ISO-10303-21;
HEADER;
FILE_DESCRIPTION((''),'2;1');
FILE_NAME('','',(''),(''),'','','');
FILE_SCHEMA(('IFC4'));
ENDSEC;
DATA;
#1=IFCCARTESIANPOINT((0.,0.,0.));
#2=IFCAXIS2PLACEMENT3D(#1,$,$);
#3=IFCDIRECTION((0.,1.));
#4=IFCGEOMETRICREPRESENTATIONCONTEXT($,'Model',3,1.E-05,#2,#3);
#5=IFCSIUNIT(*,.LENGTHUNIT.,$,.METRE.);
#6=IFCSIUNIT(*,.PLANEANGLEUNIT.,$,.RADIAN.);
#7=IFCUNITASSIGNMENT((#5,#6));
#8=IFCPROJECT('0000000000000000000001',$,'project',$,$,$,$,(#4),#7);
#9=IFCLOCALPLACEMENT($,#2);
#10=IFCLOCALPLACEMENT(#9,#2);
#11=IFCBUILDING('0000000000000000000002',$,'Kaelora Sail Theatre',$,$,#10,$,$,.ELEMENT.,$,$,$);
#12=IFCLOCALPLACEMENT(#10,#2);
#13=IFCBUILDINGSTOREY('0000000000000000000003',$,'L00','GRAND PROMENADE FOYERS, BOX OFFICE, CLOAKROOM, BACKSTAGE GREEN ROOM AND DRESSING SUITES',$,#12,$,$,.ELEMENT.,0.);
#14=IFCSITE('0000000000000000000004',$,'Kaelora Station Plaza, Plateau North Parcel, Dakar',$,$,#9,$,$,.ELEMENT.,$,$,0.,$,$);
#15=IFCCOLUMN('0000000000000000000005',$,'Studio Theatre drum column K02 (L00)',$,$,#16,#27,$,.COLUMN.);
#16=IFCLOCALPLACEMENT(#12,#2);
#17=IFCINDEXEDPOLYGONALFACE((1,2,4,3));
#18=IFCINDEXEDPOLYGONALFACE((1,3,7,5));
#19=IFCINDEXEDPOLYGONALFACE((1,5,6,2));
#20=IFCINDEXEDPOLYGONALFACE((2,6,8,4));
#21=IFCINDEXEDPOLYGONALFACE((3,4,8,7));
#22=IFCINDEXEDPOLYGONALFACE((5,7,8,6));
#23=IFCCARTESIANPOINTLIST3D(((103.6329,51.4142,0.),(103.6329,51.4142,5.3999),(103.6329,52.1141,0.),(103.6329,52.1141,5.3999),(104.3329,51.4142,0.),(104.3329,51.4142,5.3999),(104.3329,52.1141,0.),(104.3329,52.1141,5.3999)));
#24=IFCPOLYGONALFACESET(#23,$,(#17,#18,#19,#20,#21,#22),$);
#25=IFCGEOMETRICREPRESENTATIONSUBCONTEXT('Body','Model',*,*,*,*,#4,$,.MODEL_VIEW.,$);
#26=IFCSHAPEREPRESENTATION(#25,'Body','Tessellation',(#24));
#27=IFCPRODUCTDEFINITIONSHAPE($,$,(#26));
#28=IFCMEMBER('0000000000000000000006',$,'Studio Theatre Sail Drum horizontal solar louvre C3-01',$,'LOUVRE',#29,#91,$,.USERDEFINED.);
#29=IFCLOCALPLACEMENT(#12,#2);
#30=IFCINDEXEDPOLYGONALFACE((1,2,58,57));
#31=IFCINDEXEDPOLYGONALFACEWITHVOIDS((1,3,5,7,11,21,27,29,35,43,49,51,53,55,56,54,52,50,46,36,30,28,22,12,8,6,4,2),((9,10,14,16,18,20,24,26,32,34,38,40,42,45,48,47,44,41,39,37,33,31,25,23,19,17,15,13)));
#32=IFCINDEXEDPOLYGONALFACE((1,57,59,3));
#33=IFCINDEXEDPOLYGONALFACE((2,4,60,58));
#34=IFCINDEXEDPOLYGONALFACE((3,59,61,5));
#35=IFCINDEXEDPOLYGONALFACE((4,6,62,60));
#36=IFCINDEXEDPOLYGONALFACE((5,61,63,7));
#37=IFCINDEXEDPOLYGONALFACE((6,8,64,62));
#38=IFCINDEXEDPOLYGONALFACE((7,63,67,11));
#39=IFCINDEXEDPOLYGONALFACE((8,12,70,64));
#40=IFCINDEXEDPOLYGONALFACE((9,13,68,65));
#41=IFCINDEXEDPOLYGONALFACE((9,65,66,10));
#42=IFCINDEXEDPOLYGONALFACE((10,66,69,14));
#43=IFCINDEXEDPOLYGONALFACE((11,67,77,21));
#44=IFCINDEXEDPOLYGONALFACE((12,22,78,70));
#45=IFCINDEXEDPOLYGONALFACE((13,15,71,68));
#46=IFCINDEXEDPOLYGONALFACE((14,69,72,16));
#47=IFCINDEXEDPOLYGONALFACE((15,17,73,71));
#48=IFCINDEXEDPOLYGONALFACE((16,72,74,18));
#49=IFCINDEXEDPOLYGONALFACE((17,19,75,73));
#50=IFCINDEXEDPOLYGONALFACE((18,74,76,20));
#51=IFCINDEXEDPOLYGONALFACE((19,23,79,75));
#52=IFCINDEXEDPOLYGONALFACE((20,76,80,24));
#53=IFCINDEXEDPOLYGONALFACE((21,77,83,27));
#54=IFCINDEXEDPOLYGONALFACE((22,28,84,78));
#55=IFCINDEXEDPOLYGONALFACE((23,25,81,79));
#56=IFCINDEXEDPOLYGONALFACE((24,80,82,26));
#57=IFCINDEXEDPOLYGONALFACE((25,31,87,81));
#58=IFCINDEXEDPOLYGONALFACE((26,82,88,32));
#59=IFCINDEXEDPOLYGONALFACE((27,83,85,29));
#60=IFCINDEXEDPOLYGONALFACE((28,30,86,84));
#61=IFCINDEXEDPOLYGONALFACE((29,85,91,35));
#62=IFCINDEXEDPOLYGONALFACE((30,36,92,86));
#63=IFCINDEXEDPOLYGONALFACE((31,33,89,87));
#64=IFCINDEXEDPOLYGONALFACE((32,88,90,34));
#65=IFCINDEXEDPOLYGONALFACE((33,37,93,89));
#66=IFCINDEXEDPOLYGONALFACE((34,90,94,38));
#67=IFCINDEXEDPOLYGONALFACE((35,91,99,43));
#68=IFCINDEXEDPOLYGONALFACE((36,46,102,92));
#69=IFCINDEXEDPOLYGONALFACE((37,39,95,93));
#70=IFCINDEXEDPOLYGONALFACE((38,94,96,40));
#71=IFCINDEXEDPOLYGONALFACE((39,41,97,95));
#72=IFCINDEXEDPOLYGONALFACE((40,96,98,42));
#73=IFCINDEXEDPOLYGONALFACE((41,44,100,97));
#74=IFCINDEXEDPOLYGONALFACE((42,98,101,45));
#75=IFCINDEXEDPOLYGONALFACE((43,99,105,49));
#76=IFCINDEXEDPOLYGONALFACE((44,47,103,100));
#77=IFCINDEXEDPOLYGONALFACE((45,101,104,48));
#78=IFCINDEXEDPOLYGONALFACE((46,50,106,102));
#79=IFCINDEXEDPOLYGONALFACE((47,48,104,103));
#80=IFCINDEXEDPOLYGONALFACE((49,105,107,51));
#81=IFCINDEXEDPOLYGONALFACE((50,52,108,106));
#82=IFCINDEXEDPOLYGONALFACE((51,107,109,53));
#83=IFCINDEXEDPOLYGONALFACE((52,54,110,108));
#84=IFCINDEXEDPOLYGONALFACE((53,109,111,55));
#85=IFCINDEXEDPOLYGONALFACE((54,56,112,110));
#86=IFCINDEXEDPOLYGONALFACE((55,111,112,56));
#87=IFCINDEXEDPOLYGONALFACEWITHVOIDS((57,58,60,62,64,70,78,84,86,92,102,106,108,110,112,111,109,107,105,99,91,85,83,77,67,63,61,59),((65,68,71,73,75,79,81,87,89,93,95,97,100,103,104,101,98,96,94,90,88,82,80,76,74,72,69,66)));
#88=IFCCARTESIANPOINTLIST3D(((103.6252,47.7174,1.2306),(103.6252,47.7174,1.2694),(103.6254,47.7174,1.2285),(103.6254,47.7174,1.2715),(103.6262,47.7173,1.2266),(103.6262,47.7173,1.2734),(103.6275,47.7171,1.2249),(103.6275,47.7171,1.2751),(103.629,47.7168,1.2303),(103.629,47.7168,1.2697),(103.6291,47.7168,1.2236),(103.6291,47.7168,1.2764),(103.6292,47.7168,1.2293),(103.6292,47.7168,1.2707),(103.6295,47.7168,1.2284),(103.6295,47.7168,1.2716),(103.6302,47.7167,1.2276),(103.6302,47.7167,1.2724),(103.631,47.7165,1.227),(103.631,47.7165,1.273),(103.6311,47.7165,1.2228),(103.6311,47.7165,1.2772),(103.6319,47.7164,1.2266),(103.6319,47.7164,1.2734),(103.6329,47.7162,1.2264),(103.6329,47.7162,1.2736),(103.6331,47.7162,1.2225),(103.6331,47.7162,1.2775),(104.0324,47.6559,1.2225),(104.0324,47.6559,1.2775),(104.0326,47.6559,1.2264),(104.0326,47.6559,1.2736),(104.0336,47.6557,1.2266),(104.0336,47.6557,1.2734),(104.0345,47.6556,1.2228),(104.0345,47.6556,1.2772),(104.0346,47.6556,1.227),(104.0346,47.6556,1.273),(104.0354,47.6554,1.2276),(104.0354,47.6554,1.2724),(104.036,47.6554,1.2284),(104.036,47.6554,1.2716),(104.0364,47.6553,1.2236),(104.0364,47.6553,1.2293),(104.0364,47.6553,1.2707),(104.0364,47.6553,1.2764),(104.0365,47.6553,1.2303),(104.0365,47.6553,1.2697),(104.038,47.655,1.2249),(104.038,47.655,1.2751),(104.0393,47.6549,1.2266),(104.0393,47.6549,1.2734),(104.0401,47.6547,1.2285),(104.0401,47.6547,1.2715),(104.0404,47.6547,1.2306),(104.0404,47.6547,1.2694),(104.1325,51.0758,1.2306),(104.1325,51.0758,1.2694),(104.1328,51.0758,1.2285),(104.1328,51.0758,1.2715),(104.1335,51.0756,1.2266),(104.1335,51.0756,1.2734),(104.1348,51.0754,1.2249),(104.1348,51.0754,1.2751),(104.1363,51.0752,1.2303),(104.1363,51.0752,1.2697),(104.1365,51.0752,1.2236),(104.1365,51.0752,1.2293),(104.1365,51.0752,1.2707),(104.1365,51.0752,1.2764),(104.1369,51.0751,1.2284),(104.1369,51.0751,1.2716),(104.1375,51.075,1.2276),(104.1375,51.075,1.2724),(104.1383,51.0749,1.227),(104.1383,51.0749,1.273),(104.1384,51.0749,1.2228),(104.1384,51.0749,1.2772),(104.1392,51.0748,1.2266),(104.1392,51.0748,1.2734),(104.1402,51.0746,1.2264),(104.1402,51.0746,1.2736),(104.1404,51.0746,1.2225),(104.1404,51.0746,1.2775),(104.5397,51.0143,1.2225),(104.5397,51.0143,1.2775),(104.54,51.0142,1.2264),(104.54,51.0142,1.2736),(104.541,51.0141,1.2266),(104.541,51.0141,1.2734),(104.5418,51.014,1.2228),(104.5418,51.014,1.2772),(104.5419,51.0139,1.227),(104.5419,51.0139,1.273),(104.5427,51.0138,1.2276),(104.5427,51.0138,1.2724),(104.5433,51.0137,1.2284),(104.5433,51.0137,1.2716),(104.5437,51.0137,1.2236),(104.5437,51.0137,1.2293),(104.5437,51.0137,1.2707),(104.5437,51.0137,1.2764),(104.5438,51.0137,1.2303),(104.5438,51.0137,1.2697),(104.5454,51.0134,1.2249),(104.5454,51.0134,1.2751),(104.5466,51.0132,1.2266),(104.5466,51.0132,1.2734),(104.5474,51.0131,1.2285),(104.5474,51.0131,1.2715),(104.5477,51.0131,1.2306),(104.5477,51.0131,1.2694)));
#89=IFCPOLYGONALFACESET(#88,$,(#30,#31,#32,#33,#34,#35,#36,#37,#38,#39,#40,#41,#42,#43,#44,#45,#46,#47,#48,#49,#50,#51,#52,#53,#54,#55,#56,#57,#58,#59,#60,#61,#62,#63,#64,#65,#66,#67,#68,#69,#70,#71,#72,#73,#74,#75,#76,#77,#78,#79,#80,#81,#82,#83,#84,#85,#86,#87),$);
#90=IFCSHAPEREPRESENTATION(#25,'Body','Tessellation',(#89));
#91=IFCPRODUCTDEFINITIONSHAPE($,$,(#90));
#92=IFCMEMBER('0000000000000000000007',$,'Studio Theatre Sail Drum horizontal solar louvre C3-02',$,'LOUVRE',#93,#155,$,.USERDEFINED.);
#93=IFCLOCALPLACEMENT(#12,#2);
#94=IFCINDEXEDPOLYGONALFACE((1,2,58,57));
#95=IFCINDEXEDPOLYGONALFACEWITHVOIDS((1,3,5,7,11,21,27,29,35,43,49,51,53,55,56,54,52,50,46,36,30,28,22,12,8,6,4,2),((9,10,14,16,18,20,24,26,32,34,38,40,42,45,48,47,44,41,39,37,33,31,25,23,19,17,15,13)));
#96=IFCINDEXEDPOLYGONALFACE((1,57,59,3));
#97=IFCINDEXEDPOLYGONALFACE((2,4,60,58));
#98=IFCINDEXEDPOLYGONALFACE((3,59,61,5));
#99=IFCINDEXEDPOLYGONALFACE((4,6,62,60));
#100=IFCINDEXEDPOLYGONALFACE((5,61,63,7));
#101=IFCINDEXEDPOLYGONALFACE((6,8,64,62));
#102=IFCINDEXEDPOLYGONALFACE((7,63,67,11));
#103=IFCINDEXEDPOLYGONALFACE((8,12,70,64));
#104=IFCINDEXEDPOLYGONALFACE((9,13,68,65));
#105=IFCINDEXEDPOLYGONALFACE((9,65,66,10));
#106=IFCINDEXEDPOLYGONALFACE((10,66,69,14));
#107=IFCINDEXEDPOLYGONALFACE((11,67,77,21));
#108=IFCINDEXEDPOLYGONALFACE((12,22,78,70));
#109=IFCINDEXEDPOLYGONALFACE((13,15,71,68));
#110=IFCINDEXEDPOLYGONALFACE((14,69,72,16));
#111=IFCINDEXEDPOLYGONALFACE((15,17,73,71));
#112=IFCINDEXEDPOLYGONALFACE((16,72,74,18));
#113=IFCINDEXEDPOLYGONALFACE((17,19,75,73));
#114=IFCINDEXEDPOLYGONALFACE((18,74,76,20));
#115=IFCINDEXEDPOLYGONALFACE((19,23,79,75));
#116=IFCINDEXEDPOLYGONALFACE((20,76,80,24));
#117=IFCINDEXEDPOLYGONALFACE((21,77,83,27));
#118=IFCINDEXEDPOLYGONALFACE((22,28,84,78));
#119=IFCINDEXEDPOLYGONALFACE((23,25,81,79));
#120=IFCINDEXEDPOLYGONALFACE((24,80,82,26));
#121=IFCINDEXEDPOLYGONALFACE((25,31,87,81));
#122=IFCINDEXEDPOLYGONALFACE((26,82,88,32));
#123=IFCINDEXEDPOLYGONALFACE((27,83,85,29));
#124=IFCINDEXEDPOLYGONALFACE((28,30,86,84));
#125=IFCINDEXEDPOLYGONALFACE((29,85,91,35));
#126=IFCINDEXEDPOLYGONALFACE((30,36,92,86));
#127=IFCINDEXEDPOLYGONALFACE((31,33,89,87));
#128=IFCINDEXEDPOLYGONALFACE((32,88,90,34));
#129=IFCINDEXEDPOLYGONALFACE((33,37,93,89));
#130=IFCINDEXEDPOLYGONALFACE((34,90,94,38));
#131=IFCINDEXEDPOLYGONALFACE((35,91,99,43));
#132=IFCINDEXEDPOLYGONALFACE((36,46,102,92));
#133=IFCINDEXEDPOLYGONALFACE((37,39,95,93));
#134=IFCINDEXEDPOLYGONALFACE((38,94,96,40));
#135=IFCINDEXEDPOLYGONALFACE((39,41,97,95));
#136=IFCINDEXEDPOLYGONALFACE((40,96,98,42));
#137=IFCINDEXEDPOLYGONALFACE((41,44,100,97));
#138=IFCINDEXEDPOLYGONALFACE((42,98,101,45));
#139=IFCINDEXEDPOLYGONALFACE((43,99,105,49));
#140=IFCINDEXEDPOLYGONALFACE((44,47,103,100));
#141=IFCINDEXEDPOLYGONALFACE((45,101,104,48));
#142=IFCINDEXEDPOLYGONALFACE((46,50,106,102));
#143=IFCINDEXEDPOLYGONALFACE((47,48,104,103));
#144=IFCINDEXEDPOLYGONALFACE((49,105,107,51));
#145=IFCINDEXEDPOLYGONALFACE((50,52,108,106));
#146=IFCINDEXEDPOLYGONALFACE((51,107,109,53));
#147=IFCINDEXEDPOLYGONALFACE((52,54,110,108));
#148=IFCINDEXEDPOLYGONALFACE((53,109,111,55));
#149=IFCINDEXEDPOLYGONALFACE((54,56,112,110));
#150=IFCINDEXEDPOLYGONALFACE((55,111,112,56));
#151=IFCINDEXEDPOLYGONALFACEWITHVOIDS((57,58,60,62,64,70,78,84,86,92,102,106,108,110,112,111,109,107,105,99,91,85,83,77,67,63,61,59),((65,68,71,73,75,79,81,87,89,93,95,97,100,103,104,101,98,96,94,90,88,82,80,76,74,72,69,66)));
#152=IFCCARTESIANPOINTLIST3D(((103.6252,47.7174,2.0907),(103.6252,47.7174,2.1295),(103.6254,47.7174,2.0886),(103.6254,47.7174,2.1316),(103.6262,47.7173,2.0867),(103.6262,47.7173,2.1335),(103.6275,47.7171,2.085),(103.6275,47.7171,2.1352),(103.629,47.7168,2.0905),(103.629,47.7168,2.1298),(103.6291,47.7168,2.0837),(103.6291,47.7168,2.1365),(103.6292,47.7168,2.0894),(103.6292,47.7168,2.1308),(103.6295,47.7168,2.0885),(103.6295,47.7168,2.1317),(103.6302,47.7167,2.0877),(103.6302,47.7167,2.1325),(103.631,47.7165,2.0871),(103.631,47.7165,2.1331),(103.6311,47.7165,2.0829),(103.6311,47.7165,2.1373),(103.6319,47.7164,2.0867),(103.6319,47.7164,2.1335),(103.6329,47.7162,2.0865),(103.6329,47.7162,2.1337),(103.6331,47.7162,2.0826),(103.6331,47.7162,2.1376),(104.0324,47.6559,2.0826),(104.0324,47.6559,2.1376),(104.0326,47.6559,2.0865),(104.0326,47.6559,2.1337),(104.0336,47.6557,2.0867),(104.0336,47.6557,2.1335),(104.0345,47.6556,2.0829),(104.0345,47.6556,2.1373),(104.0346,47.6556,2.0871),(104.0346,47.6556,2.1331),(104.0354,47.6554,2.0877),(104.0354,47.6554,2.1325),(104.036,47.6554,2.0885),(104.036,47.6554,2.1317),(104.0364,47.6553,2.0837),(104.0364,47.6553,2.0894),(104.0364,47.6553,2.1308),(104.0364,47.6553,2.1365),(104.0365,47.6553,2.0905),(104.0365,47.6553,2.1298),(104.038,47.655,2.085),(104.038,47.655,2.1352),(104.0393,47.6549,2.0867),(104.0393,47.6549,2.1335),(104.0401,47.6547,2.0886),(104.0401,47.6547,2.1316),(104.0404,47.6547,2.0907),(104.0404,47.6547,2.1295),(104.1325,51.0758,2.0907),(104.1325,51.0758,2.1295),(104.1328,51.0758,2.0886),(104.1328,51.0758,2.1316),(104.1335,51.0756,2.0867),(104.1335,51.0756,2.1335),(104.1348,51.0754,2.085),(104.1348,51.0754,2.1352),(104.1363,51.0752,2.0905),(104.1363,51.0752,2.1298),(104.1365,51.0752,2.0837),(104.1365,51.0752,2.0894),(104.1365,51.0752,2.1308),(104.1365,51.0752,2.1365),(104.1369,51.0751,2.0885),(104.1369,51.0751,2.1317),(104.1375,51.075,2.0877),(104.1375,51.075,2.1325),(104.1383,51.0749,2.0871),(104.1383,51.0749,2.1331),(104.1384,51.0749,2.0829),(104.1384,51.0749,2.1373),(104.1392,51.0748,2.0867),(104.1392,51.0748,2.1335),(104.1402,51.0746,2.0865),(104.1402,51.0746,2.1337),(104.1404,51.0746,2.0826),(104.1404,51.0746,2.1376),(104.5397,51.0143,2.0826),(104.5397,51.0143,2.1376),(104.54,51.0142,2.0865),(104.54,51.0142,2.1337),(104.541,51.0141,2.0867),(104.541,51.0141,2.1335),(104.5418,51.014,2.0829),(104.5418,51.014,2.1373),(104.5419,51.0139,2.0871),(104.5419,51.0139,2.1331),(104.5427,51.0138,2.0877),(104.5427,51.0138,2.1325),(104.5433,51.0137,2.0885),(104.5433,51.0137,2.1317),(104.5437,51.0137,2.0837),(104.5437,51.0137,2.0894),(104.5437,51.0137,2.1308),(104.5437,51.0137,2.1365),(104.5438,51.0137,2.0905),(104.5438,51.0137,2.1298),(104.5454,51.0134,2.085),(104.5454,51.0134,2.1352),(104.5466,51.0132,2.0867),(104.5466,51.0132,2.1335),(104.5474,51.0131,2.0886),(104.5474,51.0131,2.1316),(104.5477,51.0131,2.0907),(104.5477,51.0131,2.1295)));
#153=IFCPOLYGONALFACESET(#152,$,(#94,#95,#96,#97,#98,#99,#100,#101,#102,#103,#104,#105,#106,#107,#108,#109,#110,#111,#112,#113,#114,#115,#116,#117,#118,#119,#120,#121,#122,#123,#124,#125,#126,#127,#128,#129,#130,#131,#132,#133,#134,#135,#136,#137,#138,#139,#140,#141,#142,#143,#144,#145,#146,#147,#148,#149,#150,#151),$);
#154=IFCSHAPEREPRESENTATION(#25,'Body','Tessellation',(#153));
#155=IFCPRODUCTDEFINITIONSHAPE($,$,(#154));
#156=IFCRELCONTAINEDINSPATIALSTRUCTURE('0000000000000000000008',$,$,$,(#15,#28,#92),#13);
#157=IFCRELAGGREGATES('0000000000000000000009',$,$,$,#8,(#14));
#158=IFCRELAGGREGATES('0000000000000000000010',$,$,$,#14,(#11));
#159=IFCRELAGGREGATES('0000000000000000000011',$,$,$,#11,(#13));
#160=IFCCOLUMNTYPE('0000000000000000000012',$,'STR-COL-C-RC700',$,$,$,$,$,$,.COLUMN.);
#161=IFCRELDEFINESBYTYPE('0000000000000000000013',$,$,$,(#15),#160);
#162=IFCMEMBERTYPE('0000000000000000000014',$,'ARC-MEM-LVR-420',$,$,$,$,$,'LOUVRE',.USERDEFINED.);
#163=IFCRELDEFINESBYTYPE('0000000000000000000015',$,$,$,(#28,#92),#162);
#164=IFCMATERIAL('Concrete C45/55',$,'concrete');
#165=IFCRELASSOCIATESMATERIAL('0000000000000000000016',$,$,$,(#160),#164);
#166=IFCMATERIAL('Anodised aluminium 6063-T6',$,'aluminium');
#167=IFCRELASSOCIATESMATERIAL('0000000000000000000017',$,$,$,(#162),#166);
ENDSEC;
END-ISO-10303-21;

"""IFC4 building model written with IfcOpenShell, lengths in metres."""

from ifc_helpers import new_model, si_unit, direction, frame, origin, origin_2d, place, context, subcontext, project, spatial, rectangle, hollow_rectangle, extrude, material, material_profile, profile_set, type_object, element, save


model = new_model("IFC4")

# Units and contexts
model_context = context("Model", 3, precision=1e-05, world=origin(), true_north=direction((0.0, 1.0)))
body_context = subcontext(model_context, "Body", "Model", "MODEL_VIEW")
ifc_project = project(units=[si_unit("LENGTHUNIT", "METRE"), si_unit("PLANEANGLEUNIT", "RADIAN")], contexts=[model_context])

# Site, building, storey
site_placement = place(None, origin())
site = spatial("IfcSite", under=ifc_project, at=site_placement, Name="Kaelora Station Plaza, Plateau North Parcel, Dakar", CompositionType="ELEMENT", RefElevation=0.0)
building_placement = place(site_placement, origin())
building = spatial("IfcBuilding", under=site, at=building_placement, Name="Kaelora Sail Theatre", CompositionType="ELEMENT")
storey_placement = place(building_placement, origin())
storey = spatial("IfcBuildingStorey", under=building, at=storey_placement, Name="L00", Description="GRAND PROMENADE FOYERS, BOX OFFICE, CLOAKROOM, BACKSTAGE GREEN ROOM AND DRESSING SUITES", CompositionType="ELEMENT", Elevation=0.0)

# Column
ifc_material_1 = material(Name="Concrete C45/55", Category="concrete")
ifc_material_profile_1 = material_profile(ifc_material_1, rectangle(XDim=0.7, YDim=0.7, at=origin_2d()), Name="RC-COL 700x700")
ifc_profile_set_1 = profile_set([ifc_material_profile_1], Name="Concrete C45/55")
column_type = type_object("IfcColumnType", Name="STR-COL-C-RC700", PredefinedType="COLUMN", material=ifc_profile_set_1)
column_placement = place(storey_placement, frame((103.9829, 51.7642, 0.0), z_axis=(0.0, 0.0, 1.0), x_axis=(1.0, 0.0, 0.0)))
element("IfcColumn", 1, at=column_placement, inside=storey, type_object=column_type, Name="Studio Theatre drum column K02 (L00)", PredefinedType="COLUMN", context=body_context, shape_type="SweptSolid", body=[
    extrude(rectangle(XDim=0.7, YDim=0.7, at=origin_2d()), origin(), (0.0, 0.0, 1.0), 5.3999),
])

# Members
ifc_material_2 = material(Name="Anodised aluminium 6063-T6", Category="aluminium")
ifc_material_profile_2 = material_profile(ifc_material_2, hollow_rectangle(XDim=0.4199, YDim=0.0549, WallThickness=0.0039, InnerFilletRadius=0.0039, OuterFilletRadius=0.0081, at=origin_2d()), Name="LOUVRE 420x55x4")
ifc_profile_set_2 = profile_set([ifc_material_profile_2], Name="Anodised aluminium 6063-T6")
member_type_1 = type_object("IfcMemberType", Name="ARC-MEM-LVR-420", ElementType="LOUVRE", PredefinedType="USERDEFINED", material=ifc_profile_set_2)
for number, where, z_axis, x_axis, name in (
    (2, (104.3401, 51.0444, 1.25), (-0.149367, -0.988782, 0.0), (0.988782, -0.149367, 0.0), "Studio Theatre Sail Drum horizontal solar louvre C3-01"),
    (3, (104.3401, 51.0444, 2.1101), (-0.149367, -0.988782, 0.0), (0.988782, -0.149367, 0.0), "Studio Theatre Sail Drum horizontal solar louvre C3-02"),
):
    element("IfcMember", number, at=place(storey_placement, frame(where, z_axis=z_axis, x_axis=x_axis)), inside=storey, type_object=member_type_1, Name=name, ObjectType="LOUVRE", PredefinedType="USERDEFINED", context=body_context, shape_type="SweptSolid", body=[
        extrude(hollow_rectangle(XDim=0.4199, YDim=0.0549, WallThickness=0.0039, InnerFilletRadius=0.0039, OuterFilletRadius=0.0081, at=origin_2d()), origin(), (0.0, 0.0, 1.0), 3.3965),
    ])

save(model, "model.ifc")
